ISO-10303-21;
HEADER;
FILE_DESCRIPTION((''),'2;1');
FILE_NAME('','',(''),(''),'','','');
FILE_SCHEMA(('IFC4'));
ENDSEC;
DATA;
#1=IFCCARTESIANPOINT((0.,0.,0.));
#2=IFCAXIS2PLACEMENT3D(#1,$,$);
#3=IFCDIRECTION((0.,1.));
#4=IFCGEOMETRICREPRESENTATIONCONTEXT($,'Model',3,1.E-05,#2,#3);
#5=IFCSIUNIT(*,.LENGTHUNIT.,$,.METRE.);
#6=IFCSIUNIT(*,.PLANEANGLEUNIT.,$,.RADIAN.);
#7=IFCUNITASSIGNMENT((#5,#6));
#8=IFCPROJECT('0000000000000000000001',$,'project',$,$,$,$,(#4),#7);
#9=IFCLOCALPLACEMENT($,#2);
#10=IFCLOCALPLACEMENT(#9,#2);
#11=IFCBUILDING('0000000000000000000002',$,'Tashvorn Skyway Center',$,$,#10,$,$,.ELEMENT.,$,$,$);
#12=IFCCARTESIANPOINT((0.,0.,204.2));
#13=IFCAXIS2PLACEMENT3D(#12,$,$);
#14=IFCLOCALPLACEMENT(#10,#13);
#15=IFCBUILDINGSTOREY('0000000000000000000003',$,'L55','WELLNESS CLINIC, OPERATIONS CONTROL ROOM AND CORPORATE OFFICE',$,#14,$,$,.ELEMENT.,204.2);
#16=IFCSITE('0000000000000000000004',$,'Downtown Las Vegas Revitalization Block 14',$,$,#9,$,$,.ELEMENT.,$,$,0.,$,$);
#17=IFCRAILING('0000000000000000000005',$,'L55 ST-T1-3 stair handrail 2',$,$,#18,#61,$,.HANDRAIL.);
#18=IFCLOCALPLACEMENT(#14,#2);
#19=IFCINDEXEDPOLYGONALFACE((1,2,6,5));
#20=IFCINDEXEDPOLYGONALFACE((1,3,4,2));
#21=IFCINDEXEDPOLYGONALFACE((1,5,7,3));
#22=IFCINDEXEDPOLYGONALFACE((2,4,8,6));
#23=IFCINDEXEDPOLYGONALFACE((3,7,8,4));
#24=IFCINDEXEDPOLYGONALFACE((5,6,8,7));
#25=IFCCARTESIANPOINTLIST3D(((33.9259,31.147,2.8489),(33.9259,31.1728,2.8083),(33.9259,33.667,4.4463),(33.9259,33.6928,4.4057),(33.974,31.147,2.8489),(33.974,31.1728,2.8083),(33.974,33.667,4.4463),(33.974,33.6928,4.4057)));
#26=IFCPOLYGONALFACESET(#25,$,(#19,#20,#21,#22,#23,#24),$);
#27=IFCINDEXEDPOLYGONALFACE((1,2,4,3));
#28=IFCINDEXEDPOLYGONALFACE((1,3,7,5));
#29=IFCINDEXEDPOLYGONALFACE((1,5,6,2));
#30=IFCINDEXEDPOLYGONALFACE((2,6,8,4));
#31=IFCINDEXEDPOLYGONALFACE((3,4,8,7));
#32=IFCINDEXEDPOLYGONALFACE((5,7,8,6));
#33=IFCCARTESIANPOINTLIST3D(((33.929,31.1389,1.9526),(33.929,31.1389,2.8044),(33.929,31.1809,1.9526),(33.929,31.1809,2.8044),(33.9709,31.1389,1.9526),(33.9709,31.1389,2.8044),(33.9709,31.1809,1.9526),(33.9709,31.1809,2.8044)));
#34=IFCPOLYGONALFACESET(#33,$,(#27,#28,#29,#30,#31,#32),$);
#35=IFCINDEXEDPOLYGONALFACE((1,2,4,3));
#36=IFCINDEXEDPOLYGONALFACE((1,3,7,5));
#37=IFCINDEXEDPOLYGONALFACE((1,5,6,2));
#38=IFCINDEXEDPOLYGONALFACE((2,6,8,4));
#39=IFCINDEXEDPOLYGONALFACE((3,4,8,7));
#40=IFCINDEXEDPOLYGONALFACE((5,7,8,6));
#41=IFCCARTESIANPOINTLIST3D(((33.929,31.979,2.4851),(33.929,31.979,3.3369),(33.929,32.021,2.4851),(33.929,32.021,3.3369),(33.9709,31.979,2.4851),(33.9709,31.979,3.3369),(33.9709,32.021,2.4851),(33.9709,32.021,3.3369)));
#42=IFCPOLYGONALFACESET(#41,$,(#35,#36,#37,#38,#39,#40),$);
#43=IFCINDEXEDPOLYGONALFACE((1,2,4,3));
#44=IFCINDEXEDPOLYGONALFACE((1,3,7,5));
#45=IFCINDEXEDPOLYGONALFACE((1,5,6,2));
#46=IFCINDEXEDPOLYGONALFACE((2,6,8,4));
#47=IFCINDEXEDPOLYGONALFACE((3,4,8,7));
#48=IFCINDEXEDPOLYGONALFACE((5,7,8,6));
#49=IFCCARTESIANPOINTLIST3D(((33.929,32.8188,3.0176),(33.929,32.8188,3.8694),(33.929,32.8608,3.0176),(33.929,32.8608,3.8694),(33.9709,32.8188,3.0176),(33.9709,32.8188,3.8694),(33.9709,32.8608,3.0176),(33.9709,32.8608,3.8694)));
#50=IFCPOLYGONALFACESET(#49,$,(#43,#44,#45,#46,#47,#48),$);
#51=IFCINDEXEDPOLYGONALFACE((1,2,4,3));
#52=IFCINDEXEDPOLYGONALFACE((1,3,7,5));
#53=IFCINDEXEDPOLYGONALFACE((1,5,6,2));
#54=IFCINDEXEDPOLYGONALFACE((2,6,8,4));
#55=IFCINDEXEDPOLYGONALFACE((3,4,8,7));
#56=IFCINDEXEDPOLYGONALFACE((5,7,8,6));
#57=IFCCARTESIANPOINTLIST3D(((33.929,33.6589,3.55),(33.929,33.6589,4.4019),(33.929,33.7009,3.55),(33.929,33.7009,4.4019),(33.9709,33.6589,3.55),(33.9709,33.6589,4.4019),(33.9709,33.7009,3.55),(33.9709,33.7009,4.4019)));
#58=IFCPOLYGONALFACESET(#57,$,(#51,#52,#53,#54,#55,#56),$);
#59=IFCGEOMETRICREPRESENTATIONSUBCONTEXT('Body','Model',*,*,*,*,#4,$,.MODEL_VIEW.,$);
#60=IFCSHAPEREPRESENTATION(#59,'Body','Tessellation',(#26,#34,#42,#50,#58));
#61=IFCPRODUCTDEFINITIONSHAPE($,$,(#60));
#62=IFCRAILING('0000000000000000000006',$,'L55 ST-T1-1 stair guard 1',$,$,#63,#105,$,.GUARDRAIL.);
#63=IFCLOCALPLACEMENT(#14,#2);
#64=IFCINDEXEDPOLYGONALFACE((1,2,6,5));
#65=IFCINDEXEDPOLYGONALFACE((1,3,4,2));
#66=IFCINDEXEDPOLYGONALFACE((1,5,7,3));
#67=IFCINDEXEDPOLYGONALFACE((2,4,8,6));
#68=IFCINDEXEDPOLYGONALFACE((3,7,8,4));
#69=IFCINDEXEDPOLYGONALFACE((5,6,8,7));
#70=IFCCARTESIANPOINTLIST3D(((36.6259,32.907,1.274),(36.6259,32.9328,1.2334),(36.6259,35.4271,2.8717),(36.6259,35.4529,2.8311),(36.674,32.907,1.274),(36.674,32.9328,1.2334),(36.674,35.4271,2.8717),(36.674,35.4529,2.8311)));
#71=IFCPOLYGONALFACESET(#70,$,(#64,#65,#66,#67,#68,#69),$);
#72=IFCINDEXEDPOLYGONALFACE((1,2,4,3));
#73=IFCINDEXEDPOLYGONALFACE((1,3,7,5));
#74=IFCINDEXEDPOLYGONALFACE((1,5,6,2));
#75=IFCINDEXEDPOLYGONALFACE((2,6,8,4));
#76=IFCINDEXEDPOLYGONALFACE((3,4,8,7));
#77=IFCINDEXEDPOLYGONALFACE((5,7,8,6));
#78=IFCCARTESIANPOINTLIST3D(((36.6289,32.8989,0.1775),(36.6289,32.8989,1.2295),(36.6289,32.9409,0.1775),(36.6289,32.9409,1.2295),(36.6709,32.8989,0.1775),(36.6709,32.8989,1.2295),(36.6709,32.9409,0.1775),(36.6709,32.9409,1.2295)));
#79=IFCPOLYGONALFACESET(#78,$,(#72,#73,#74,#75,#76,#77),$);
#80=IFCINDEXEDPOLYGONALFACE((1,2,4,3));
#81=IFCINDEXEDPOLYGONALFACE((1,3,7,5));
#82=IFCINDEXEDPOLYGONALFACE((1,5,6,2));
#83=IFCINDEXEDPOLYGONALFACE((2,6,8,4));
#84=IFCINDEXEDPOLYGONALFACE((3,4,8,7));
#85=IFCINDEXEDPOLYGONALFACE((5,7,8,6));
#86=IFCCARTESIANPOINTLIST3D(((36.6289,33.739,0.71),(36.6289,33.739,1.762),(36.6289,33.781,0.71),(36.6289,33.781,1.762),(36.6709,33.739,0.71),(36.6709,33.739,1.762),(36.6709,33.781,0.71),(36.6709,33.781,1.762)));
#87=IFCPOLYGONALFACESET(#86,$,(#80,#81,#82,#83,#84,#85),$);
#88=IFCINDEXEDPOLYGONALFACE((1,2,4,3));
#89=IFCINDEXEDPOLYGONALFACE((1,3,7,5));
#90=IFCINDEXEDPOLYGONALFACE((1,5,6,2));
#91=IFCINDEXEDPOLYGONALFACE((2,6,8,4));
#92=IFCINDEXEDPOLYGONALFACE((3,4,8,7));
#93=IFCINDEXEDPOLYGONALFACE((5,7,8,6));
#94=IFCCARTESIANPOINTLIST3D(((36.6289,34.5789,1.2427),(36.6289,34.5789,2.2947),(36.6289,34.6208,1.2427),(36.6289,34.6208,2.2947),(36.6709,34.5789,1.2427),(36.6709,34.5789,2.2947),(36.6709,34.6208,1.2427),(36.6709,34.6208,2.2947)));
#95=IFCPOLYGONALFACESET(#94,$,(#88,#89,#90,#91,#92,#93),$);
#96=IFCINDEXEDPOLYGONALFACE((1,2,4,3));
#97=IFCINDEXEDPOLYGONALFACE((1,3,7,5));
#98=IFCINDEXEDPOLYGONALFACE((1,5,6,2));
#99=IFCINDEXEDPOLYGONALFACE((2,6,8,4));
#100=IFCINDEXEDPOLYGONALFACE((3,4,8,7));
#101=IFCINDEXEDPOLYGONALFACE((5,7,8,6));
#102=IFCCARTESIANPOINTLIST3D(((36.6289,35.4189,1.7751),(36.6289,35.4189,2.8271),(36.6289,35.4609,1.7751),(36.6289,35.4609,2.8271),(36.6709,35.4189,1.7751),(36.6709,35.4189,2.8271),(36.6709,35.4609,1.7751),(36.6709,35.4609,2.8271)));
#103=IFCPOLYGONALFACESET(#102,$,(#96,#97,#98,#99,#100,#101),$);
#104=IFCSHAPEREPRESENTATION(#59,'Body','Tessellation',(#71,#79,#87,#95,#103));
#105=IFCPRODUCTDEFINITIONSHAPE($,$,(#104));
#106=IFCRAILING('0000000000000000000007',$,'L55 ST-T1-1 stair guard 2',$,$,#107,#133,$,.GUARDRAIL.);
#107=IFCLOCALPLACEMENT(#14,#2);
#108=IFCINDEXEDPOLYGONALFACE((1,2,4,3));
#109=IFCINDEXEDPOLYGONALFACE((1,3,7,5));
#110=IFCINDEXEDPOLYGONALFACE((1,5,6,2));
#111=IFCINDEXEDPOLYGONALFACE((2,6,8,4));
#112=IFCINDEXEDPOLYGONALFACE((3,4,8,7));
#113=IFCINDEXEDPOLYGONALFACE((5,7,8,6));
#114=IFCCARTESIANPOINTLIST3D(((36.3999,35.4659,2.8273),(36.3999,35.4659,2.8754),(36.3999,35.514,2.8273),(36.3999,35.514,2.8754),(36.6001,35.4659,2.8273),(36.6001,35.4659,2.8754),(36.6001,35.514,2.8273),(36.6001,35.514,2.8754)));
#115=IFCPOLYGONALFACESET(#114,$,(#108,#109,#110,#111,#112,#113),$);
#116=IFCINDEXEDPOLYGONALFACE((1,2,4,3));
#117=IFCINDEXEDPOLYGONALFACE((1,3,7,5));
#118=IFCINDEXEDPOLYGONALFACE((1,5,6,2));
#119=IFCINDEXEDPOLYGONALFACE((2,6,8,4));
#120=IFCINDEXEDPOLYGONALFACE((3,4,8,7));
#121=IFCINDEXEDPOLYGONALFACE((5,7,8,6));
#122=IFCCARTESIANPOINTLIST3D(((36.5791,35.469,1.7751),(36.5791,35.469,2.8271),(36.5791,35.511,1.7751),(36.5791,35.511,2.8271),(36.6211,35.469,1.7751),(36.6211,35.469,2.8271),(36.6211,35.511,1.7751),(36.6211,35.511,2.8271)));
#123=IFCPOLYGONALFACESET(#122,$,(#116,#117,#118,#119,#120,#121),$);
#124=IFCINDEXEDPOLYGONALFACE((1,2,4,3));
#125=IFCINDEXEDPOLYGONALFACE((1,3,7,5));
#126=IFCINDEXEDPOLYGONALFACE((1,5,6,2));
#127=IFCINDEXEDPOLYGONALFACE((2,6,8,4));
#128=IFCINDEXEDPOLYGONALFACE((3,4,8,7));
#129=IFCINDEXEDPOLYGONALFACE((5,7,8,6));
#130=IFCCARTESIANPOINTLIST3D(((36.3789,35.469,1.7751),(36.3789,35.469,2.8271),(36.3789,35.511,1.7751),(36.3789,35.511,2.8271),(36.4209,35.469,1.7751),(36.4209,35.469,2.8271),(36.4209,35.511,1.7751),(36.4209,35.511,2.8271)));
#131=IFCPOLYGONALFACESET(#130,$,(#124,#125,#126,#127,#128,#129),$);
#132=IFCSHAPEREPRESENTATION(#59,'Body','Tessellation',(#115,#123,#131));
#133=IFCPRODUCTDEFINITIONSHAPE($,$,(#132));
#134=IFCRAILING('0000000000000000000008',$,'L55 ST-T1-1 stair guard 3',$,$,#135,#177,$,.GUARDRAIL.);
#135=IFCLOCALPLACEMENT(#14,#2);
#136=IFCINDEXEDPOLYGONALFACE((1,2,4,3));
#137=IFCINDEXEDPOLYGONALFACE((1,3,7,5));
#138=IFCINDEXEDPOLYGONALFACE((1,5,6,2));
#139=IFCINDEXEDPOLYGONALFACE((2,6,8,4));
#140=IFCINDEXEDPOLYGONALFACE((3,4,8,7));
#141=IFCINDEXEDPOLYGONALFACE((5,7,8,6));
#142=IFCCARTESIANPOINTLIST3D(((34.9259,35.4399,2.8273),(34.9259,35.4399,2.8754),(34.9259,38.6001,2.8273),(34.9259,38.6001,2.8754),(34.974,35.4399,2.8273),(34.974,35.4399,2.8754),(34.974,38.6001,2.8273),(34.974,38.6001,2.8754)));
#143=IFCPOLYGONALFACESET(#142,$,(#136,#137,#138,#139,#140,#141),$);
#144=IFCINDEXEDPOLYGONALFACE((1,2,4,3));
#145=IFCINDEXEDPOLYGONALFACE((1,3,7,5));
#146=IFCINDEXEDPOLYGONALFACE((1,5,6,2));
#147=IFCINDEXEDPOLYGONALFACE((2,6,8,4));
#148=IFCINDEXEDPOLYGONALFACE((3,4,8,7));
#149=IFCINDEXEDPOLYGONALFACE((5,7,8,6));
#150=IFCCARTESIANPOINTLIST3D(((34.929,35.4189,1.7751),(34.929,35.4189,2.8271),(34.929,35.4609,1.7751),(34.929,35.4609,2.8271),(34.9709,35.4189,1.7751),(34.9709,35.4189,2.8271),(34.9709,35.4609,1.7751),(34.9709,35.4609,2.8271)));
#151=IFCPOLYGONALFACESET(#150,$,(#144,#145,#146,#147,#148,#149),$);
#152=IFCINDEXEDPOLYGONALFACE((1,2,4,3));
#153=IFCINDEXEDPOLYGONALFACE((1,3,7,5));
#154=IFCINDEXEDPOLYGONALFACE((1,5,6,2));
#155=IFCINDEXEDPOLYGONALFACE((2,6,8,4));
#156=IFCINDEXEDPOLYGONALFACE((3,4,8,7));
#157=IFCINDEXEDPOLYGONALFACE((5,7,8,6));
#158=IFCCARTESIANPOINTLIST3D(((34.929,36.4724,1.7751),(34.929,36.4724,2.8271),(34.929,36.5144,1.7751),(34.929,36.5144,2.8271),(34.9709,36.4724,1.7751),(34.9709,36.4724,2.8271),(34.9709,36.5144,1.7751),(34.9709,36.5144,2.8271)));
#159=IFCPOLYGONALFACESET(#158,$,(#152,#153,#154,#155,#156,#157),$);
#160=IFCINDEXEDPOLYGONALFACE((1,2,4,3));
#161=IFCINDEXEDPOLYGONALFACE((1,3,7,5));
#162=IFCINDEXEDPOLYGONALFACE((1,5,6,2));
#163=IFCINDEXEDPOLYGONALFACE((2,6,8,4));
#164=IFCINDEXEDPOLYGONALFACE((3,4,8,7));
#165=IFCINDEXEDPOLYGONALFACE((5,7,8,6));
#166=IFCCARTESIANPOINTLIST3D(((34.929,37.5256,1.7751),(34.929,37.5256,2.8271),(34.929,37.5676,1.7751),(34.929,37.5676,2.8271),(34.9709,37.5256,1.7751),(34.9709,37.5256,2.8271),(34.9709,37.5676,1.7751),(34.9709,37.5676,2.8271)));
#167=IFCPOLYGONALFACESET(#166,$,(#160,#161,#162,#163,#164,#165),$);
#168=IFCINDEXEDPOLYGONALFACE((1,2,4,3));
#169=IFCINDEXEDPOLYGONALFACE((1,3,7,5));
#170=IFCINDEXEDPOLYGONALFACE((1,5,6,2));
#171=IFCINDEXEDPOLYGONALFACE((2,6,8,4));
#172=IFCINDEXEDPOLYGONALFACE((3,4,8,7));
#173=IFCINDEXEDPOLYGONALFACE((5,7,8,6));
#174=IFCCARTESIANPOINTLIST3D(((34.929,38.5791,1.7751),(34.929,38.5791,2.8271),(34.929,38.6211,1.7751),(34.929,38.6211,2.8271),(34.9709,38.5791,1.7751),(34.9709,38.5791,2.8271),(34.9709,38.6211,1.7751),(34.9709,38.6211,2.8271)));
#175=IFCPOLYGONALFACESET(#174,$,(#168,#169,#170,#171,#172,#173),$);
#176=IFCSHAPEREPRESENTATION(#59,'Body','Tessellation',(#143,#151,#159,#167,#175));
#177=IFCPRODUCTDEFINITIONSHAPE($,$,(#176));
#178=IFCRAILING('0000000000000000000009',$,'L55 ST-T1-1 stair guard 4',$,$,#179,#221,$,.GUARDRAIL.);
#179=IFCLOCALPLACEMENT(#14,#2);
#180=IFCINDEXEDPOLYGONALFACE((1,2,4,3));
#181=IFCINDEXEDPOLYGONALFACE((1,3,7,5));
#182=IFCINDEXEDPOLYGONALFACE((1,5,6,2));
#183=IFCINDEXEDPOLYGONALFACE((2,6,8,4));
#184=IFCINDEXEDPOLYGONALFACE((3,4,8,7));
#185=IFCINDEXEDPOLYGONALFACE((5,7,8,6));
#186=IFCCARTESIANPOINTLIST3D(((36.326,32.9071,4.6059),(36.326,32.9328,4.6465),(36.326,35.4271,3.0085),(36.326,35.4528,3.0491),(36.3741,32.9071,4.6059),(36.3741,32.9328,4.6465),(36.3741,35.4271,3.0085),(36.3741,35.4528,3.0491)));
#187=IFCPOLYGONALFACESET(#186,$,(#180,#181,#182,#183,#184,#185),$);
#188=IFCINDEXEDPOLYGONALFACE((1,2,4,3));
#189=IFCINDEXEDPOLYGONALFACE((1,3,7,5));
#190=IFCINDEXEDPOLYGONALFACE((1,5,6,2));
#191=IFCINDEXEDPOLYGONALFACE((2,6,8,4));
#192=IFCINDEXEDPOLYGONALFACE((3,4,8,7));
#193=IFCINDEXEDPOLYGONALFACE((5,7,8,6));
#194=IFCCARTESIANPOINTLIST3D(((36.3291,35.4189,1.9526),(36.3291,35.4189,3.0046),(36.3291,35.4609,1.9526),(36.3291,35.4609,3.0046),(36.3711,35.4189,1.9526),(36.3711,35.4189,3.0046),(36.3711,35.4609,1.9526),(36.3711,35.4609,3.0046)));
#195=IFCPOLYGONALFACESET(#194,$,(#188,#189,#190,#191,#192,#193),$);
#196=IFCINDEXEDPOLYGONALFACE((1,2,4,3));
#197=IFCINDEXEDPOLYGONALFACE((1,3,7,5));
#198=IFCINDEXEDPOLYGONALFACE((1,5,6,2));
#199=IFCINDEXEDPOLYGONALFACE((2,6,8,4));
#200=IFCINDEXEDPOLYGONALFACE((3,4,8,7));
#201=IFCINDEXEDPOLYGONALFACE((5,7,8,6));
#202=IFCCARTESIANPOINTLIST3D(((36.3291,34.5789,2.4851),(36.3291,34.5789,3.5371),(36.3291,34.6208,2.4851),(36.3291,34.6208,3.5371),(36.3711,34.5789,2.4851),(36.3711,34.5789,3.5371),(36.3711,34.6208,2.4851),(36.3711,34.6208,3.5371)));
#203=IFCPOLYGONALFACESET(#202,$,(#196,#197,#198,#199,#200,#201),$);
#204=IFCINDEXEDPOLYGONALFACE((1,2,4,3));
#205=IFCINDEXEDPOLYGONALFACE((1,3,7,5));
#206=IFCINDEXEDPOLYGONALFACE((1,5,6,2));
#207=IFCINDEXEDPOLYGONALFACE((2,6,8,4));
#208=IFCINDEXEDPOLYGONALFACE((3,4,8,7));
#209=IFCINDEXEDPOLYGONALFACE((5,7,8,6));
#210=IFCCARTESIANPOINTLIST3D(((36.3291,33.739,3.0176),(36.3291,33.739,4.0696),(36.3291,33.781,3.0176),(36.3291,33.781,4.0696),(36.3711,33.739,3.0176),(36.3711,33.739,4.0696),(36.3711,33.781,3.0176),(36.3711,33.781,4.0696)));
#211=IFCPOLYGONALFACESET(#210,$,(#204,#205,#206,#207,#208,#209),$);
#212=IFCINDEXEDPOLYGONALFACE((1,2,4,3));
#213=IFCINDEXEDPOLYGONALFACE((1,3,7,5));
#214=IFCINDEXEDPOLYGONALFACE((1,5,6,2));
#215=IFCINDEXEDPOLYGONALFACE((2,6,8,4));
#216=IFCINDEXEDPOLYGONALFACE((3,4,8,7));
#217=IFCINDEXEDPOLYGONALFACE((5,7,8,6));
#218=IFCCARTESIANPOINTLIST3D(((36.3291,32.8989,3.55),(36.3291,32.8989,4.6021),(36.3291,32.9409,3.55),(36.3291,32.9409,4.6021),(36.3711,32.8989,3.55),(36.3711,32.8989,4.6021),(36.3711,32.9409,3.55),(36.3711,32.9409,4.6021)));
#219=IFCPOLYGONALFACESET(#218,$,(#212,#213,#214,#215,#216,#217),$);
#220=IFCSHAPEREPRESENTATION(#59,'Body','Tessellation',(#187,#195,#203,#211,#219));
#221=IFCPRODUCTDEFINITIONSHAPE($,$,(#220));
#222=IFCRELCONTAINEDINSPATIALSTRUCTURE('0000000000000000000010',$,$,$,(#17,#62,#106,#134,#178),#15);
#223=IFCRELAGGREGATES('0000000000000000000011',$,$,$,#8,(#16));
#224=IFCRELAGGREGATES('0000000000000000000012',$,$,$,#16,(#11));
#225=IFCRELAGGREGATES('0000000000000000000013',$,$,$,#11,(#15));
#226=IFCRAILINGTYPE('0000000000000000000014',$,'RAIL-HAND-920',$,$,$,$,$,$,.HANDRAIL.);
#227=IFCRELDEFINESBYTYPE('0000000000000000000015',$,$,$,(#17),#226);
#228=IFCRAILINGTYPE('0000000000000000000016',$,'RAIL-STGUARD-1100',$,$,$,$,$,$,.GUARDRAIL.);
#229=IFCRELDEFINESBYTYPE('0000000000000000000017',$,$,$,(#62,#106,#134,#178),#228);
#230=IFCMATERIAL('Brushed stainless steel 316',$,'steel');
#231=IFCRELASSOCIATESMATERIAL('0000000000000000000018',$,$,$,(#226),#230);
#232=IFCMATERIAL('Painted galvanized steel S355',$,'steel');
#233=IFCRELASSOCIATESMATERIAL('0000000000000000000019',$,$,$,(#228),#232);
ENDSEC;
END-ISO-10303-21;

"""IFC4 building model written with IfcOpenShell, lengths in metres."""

from ifc_helpers import new_model, si_unit, direction, frame, origin, origin_2d, place, context, subcontext, project, spatial, rectangle, extrude, material, type_object, element, save


model = new_model("IFC4")

# Units and contexts
model_context = context("Model", 3, precision=1e-05, world=origin(), true_north=direction((0.0, 1.0)))
body_context = subcontext(model_context, "Body", "Model", "MODEL_VIEW")
ifc_project = project(units=[si_unit("LENGTHUNIT", "METRE"), si_unit("PLANEANGLEUNIT", "RADIAN")], contexts=[model_context])

# Site, building, storey
site_placement = place(None, origin())
site = spatial("IfcSite", under=ifc_project, at=site_placement, Name="Downtown Las Vegas Revitalization Block 14", CompositionType="ELEMENT", RefElevation=0.0)
building_placement = place(site_placement, origin())
building = spatial("IfcBuilding", under=site, at=building_placement, Name="Tashvorn Skyway Center", CompositionType="ELEMENT")
storey_placement = place(building_placement, frame((0.0, 0.0, 204.2)))
storey = spatial("IfcBuildingStorey", under=building, at=storey_placement, Name="L55", Description="WELLNESS CLINIC, OPERATIONS CONTROL ROOM AND CORPORATE OFFICE", CompositionType="ELEMENT", Elevation=204.2)

# Railings
ifc_material_1 = material(Name="Brushed stainless steel 316", Category="steel")
railing_type_1 = type_object("IfcRailingType", Name="RAIL-HAND-920", PredefinedType="HANDRAIL", material=ifc_material_1)
railing_1_placement = place(storey_placement, frame((33.95, 31.1599, 1.9526)))
element("IfcRailing", 1, at=railing_1_placement, inside=storey, type_object=railing_type_1, Name="L55 ST-T1-3 stair handrail 2", PredefinedType="HANDRAIL", context=body_context, shape_type="SweptSolid", body=[
    extrude(rectangle(XDim=0.0481, YDim=0.0481, at=origin_2d()), frame((0.0, 0.0, 0.876), z_axis=(0.0, 0.844607, 0.535387), x_axis=(-1.0, 0.0, 0.0)), (0.0, 0.0, 1.0), 2.9836),
    extrude(rectangle(XDim=0.042, YDim=0.042, at=origin_2d()), origin(), (0.0, 0.0, 1.0), 0.8518),
    extrude(rectangle(XDim=0.042, YDim=0.042, at=origin_2d()), frame((0.0, 0.8401, 0.5325)), (0.0, 0.0, 1.0), 0.8518),
    extrude(rectangle(XDim=0.042, YDim=0.042, at=origin_2d()), frame((0.0, 1.6799, 1.0649)), (0.0, 0.0, 1.0), 0.8518),
    extrude(rectangle(XDim=0.042, YDim=0.042, at=origin_2d()), frame((0.0, 2.52, 1.5974)), (0.0, 0.0, 1.0), 0.8518),
])
ifc_material_2 = material(Name="Painted galvanized steel S355", Category="steel")
railing_type_2 = type_object("IfcRailingType", Name="RAIL-STGUARD-1100", PredefinedType="GUARDRAIL", material=ifc_material_2)
railing_2_placement = place(storey_placement, frame((36.6499, 32.9199, 0.1775)))
element("IfcRailing", 2, at=railing_2_placement, inside=storey, type_object=railing_type_2, Name="L55 ST-T1-1 stair guard 1", PredefinedType="GUARDRAIL", context=body_context, shape_type="SweptSolid", body=[
    extrude(rectangle(XDim=0.0481, YDim=0.0481, at=origin_2d()), frame((0.0, 0.0, 1.0762), z_axis=(0.0, 0.84457, 0.535445), x_axis=(-1.0, 0.0, 0.0)), (0.0, 0.0, 1.0), 2.9839),
    extrude(rectangle(XDim=0.042, YDim=0.042, at=origin_2d()), origin(), (0.0, 0.0, 1.0), 1.052),
    extrude(rectangle(XDim=0.042, YDim=0.042, at=origin_2d()), frame((0.0, 0.8401, 0.5325)), (0.0, 0.0, 1.0), 1.052),
    extrude(rectangle(XDim=0.042, YDim=0.042, at=origin_2d()), frame((0.0, 1.6799, 1.0652)), (0.0, 0.0, 1.0), 1.052),
    extrude(rectangle(XDim=0.042, YDim=0.042, at=origin_2d()), frame((0.0, 2.52, 1.5977)), (0.0, 0.0, 1.0), 1.052),
])
railing_3_placement = place(storey_placement, frame((36.6001, 35.49, 1.7751)))
element("IfcRailing", 3, at=railing_3_placement, inside=storey, type_object=railing_type_2, Name="L55 ST-T1-1 stair guard 2", PredefinedType="GUARDRAIL", context=body_context, shape_type="SweptSolid", body=[
    extrude(rectangle(XDim=0.0481, YDim=0.0481, at=origin_2d()), frame((0.0, 0.0, 1.0762), z_axis=(-1.0, 0.0, 0.0), x_axis=(0.0, -1.0, 0.0)), (0.0, 0.0, 1.0), 0.2002),
    extrude(rectangle(XDim=0.042, YDim=0.042, at=origin_2d()), origin(), (0.0, 0.0, 1.0), 1.052),
    extrude(rectangle(XDim=0.042, YDim=0.042, at=origin_2d()), frame((-0.2002, 0.0, 0.0)), (0.0, 0.0, 1.0), 1.052),
])
railing_4_placement = place(storey_placement, frame((34.95, 35.4399, 1.7751)))
element("IfcRailing", 4, at=railing_4_placement, inside=storey, type_object=railing_type_2, Name="L55 ST-T1-1 stair guard 3", PredefinedType="GUARDRAIL", context=body_context, shape_type="SweptSolid", body=[
    extrude(rectangle(XDim=0.0481, YDim=0.0481, at=origin_2d()), frame((0.0, 0.0, 1.0762), z_axis=(0.0, 1.0, 0.0), x_axis=(-1.0, 0.0, 0.0)), (0.0, 0.0, 1.0), 3.1602),
    extrude(rectangle(XDim=0.042, YDim=0.042, at=origin_2d()), origin(), (0.0, 0.0, 1.0), 1.052),
    extrude(rectangle(XDim=0.042, YDim=0.042, at=origin_2d()), frame((0.0, 1.0535, 0.0)), (0.0, 0.0, 1.0), 1.052),
    extrude(rectangle(XDim=0.042, YDim=0.042, at=origin_2d()), frame((0.0, 2.1067, 0.0)), (0.0, 0.0, 1.0), 1.052),
    extrude(rectangle(XDim=0.042, YDim=0.042, at=origin_2d()), frame((0.0, 3.1602, 0.0)), (0.0, 0.0, 1.0), 1.052),
])
railing_5_placement = place(storey_placement, frame((36.3501, 35.4399, 1.9526)))
element("IfcRailing", 5, at=railing_5_placement, inside=storey, type_object=railing_type_2, Name="L55 ST-T1-1 stair guard 4", PredefinedType="GUARDRAIL", context=body_context, shape_type="SweptSolid", body=[
    extrude(rectangle(XDim=0.0481, YDim=0.0481, at=origin_2d()), frame((0.0, 0.0, 1.0762), z_axis=(0.0, -0.844607, 0.535387), x_axis=(1.0, 0.0, 0.0)), (0.0, 0.0, 1.0), 2.9836),
    extrude(rectangle(XDim=0.042, YDim=0.042, at=origin_2d()), origin(), (0.0, 0.0, 1.0), 1.052),
    extrude(rectangle(XDim=0.042, YDim=0.042, at=origin_2d()), frame((0.0, -0.8401, 0.5325)), (0.0, 0.0, 1.0), 1.052),
    extrude(rectangle(XDim=0.042, YDim=0.042, at=origin_2d()), frame((0.0, -1.6799, 1.0649)), (0.0, 0.0, 1.0), 1.052),
    extrude(rectangle(XDim=0.042, YDim=0.042, at=origin_2d()), frame((0.0, -2.52, 1.5974)), (0.0, 0.0, 1.0), 1.052),
])

save(model, "model.ifc")
